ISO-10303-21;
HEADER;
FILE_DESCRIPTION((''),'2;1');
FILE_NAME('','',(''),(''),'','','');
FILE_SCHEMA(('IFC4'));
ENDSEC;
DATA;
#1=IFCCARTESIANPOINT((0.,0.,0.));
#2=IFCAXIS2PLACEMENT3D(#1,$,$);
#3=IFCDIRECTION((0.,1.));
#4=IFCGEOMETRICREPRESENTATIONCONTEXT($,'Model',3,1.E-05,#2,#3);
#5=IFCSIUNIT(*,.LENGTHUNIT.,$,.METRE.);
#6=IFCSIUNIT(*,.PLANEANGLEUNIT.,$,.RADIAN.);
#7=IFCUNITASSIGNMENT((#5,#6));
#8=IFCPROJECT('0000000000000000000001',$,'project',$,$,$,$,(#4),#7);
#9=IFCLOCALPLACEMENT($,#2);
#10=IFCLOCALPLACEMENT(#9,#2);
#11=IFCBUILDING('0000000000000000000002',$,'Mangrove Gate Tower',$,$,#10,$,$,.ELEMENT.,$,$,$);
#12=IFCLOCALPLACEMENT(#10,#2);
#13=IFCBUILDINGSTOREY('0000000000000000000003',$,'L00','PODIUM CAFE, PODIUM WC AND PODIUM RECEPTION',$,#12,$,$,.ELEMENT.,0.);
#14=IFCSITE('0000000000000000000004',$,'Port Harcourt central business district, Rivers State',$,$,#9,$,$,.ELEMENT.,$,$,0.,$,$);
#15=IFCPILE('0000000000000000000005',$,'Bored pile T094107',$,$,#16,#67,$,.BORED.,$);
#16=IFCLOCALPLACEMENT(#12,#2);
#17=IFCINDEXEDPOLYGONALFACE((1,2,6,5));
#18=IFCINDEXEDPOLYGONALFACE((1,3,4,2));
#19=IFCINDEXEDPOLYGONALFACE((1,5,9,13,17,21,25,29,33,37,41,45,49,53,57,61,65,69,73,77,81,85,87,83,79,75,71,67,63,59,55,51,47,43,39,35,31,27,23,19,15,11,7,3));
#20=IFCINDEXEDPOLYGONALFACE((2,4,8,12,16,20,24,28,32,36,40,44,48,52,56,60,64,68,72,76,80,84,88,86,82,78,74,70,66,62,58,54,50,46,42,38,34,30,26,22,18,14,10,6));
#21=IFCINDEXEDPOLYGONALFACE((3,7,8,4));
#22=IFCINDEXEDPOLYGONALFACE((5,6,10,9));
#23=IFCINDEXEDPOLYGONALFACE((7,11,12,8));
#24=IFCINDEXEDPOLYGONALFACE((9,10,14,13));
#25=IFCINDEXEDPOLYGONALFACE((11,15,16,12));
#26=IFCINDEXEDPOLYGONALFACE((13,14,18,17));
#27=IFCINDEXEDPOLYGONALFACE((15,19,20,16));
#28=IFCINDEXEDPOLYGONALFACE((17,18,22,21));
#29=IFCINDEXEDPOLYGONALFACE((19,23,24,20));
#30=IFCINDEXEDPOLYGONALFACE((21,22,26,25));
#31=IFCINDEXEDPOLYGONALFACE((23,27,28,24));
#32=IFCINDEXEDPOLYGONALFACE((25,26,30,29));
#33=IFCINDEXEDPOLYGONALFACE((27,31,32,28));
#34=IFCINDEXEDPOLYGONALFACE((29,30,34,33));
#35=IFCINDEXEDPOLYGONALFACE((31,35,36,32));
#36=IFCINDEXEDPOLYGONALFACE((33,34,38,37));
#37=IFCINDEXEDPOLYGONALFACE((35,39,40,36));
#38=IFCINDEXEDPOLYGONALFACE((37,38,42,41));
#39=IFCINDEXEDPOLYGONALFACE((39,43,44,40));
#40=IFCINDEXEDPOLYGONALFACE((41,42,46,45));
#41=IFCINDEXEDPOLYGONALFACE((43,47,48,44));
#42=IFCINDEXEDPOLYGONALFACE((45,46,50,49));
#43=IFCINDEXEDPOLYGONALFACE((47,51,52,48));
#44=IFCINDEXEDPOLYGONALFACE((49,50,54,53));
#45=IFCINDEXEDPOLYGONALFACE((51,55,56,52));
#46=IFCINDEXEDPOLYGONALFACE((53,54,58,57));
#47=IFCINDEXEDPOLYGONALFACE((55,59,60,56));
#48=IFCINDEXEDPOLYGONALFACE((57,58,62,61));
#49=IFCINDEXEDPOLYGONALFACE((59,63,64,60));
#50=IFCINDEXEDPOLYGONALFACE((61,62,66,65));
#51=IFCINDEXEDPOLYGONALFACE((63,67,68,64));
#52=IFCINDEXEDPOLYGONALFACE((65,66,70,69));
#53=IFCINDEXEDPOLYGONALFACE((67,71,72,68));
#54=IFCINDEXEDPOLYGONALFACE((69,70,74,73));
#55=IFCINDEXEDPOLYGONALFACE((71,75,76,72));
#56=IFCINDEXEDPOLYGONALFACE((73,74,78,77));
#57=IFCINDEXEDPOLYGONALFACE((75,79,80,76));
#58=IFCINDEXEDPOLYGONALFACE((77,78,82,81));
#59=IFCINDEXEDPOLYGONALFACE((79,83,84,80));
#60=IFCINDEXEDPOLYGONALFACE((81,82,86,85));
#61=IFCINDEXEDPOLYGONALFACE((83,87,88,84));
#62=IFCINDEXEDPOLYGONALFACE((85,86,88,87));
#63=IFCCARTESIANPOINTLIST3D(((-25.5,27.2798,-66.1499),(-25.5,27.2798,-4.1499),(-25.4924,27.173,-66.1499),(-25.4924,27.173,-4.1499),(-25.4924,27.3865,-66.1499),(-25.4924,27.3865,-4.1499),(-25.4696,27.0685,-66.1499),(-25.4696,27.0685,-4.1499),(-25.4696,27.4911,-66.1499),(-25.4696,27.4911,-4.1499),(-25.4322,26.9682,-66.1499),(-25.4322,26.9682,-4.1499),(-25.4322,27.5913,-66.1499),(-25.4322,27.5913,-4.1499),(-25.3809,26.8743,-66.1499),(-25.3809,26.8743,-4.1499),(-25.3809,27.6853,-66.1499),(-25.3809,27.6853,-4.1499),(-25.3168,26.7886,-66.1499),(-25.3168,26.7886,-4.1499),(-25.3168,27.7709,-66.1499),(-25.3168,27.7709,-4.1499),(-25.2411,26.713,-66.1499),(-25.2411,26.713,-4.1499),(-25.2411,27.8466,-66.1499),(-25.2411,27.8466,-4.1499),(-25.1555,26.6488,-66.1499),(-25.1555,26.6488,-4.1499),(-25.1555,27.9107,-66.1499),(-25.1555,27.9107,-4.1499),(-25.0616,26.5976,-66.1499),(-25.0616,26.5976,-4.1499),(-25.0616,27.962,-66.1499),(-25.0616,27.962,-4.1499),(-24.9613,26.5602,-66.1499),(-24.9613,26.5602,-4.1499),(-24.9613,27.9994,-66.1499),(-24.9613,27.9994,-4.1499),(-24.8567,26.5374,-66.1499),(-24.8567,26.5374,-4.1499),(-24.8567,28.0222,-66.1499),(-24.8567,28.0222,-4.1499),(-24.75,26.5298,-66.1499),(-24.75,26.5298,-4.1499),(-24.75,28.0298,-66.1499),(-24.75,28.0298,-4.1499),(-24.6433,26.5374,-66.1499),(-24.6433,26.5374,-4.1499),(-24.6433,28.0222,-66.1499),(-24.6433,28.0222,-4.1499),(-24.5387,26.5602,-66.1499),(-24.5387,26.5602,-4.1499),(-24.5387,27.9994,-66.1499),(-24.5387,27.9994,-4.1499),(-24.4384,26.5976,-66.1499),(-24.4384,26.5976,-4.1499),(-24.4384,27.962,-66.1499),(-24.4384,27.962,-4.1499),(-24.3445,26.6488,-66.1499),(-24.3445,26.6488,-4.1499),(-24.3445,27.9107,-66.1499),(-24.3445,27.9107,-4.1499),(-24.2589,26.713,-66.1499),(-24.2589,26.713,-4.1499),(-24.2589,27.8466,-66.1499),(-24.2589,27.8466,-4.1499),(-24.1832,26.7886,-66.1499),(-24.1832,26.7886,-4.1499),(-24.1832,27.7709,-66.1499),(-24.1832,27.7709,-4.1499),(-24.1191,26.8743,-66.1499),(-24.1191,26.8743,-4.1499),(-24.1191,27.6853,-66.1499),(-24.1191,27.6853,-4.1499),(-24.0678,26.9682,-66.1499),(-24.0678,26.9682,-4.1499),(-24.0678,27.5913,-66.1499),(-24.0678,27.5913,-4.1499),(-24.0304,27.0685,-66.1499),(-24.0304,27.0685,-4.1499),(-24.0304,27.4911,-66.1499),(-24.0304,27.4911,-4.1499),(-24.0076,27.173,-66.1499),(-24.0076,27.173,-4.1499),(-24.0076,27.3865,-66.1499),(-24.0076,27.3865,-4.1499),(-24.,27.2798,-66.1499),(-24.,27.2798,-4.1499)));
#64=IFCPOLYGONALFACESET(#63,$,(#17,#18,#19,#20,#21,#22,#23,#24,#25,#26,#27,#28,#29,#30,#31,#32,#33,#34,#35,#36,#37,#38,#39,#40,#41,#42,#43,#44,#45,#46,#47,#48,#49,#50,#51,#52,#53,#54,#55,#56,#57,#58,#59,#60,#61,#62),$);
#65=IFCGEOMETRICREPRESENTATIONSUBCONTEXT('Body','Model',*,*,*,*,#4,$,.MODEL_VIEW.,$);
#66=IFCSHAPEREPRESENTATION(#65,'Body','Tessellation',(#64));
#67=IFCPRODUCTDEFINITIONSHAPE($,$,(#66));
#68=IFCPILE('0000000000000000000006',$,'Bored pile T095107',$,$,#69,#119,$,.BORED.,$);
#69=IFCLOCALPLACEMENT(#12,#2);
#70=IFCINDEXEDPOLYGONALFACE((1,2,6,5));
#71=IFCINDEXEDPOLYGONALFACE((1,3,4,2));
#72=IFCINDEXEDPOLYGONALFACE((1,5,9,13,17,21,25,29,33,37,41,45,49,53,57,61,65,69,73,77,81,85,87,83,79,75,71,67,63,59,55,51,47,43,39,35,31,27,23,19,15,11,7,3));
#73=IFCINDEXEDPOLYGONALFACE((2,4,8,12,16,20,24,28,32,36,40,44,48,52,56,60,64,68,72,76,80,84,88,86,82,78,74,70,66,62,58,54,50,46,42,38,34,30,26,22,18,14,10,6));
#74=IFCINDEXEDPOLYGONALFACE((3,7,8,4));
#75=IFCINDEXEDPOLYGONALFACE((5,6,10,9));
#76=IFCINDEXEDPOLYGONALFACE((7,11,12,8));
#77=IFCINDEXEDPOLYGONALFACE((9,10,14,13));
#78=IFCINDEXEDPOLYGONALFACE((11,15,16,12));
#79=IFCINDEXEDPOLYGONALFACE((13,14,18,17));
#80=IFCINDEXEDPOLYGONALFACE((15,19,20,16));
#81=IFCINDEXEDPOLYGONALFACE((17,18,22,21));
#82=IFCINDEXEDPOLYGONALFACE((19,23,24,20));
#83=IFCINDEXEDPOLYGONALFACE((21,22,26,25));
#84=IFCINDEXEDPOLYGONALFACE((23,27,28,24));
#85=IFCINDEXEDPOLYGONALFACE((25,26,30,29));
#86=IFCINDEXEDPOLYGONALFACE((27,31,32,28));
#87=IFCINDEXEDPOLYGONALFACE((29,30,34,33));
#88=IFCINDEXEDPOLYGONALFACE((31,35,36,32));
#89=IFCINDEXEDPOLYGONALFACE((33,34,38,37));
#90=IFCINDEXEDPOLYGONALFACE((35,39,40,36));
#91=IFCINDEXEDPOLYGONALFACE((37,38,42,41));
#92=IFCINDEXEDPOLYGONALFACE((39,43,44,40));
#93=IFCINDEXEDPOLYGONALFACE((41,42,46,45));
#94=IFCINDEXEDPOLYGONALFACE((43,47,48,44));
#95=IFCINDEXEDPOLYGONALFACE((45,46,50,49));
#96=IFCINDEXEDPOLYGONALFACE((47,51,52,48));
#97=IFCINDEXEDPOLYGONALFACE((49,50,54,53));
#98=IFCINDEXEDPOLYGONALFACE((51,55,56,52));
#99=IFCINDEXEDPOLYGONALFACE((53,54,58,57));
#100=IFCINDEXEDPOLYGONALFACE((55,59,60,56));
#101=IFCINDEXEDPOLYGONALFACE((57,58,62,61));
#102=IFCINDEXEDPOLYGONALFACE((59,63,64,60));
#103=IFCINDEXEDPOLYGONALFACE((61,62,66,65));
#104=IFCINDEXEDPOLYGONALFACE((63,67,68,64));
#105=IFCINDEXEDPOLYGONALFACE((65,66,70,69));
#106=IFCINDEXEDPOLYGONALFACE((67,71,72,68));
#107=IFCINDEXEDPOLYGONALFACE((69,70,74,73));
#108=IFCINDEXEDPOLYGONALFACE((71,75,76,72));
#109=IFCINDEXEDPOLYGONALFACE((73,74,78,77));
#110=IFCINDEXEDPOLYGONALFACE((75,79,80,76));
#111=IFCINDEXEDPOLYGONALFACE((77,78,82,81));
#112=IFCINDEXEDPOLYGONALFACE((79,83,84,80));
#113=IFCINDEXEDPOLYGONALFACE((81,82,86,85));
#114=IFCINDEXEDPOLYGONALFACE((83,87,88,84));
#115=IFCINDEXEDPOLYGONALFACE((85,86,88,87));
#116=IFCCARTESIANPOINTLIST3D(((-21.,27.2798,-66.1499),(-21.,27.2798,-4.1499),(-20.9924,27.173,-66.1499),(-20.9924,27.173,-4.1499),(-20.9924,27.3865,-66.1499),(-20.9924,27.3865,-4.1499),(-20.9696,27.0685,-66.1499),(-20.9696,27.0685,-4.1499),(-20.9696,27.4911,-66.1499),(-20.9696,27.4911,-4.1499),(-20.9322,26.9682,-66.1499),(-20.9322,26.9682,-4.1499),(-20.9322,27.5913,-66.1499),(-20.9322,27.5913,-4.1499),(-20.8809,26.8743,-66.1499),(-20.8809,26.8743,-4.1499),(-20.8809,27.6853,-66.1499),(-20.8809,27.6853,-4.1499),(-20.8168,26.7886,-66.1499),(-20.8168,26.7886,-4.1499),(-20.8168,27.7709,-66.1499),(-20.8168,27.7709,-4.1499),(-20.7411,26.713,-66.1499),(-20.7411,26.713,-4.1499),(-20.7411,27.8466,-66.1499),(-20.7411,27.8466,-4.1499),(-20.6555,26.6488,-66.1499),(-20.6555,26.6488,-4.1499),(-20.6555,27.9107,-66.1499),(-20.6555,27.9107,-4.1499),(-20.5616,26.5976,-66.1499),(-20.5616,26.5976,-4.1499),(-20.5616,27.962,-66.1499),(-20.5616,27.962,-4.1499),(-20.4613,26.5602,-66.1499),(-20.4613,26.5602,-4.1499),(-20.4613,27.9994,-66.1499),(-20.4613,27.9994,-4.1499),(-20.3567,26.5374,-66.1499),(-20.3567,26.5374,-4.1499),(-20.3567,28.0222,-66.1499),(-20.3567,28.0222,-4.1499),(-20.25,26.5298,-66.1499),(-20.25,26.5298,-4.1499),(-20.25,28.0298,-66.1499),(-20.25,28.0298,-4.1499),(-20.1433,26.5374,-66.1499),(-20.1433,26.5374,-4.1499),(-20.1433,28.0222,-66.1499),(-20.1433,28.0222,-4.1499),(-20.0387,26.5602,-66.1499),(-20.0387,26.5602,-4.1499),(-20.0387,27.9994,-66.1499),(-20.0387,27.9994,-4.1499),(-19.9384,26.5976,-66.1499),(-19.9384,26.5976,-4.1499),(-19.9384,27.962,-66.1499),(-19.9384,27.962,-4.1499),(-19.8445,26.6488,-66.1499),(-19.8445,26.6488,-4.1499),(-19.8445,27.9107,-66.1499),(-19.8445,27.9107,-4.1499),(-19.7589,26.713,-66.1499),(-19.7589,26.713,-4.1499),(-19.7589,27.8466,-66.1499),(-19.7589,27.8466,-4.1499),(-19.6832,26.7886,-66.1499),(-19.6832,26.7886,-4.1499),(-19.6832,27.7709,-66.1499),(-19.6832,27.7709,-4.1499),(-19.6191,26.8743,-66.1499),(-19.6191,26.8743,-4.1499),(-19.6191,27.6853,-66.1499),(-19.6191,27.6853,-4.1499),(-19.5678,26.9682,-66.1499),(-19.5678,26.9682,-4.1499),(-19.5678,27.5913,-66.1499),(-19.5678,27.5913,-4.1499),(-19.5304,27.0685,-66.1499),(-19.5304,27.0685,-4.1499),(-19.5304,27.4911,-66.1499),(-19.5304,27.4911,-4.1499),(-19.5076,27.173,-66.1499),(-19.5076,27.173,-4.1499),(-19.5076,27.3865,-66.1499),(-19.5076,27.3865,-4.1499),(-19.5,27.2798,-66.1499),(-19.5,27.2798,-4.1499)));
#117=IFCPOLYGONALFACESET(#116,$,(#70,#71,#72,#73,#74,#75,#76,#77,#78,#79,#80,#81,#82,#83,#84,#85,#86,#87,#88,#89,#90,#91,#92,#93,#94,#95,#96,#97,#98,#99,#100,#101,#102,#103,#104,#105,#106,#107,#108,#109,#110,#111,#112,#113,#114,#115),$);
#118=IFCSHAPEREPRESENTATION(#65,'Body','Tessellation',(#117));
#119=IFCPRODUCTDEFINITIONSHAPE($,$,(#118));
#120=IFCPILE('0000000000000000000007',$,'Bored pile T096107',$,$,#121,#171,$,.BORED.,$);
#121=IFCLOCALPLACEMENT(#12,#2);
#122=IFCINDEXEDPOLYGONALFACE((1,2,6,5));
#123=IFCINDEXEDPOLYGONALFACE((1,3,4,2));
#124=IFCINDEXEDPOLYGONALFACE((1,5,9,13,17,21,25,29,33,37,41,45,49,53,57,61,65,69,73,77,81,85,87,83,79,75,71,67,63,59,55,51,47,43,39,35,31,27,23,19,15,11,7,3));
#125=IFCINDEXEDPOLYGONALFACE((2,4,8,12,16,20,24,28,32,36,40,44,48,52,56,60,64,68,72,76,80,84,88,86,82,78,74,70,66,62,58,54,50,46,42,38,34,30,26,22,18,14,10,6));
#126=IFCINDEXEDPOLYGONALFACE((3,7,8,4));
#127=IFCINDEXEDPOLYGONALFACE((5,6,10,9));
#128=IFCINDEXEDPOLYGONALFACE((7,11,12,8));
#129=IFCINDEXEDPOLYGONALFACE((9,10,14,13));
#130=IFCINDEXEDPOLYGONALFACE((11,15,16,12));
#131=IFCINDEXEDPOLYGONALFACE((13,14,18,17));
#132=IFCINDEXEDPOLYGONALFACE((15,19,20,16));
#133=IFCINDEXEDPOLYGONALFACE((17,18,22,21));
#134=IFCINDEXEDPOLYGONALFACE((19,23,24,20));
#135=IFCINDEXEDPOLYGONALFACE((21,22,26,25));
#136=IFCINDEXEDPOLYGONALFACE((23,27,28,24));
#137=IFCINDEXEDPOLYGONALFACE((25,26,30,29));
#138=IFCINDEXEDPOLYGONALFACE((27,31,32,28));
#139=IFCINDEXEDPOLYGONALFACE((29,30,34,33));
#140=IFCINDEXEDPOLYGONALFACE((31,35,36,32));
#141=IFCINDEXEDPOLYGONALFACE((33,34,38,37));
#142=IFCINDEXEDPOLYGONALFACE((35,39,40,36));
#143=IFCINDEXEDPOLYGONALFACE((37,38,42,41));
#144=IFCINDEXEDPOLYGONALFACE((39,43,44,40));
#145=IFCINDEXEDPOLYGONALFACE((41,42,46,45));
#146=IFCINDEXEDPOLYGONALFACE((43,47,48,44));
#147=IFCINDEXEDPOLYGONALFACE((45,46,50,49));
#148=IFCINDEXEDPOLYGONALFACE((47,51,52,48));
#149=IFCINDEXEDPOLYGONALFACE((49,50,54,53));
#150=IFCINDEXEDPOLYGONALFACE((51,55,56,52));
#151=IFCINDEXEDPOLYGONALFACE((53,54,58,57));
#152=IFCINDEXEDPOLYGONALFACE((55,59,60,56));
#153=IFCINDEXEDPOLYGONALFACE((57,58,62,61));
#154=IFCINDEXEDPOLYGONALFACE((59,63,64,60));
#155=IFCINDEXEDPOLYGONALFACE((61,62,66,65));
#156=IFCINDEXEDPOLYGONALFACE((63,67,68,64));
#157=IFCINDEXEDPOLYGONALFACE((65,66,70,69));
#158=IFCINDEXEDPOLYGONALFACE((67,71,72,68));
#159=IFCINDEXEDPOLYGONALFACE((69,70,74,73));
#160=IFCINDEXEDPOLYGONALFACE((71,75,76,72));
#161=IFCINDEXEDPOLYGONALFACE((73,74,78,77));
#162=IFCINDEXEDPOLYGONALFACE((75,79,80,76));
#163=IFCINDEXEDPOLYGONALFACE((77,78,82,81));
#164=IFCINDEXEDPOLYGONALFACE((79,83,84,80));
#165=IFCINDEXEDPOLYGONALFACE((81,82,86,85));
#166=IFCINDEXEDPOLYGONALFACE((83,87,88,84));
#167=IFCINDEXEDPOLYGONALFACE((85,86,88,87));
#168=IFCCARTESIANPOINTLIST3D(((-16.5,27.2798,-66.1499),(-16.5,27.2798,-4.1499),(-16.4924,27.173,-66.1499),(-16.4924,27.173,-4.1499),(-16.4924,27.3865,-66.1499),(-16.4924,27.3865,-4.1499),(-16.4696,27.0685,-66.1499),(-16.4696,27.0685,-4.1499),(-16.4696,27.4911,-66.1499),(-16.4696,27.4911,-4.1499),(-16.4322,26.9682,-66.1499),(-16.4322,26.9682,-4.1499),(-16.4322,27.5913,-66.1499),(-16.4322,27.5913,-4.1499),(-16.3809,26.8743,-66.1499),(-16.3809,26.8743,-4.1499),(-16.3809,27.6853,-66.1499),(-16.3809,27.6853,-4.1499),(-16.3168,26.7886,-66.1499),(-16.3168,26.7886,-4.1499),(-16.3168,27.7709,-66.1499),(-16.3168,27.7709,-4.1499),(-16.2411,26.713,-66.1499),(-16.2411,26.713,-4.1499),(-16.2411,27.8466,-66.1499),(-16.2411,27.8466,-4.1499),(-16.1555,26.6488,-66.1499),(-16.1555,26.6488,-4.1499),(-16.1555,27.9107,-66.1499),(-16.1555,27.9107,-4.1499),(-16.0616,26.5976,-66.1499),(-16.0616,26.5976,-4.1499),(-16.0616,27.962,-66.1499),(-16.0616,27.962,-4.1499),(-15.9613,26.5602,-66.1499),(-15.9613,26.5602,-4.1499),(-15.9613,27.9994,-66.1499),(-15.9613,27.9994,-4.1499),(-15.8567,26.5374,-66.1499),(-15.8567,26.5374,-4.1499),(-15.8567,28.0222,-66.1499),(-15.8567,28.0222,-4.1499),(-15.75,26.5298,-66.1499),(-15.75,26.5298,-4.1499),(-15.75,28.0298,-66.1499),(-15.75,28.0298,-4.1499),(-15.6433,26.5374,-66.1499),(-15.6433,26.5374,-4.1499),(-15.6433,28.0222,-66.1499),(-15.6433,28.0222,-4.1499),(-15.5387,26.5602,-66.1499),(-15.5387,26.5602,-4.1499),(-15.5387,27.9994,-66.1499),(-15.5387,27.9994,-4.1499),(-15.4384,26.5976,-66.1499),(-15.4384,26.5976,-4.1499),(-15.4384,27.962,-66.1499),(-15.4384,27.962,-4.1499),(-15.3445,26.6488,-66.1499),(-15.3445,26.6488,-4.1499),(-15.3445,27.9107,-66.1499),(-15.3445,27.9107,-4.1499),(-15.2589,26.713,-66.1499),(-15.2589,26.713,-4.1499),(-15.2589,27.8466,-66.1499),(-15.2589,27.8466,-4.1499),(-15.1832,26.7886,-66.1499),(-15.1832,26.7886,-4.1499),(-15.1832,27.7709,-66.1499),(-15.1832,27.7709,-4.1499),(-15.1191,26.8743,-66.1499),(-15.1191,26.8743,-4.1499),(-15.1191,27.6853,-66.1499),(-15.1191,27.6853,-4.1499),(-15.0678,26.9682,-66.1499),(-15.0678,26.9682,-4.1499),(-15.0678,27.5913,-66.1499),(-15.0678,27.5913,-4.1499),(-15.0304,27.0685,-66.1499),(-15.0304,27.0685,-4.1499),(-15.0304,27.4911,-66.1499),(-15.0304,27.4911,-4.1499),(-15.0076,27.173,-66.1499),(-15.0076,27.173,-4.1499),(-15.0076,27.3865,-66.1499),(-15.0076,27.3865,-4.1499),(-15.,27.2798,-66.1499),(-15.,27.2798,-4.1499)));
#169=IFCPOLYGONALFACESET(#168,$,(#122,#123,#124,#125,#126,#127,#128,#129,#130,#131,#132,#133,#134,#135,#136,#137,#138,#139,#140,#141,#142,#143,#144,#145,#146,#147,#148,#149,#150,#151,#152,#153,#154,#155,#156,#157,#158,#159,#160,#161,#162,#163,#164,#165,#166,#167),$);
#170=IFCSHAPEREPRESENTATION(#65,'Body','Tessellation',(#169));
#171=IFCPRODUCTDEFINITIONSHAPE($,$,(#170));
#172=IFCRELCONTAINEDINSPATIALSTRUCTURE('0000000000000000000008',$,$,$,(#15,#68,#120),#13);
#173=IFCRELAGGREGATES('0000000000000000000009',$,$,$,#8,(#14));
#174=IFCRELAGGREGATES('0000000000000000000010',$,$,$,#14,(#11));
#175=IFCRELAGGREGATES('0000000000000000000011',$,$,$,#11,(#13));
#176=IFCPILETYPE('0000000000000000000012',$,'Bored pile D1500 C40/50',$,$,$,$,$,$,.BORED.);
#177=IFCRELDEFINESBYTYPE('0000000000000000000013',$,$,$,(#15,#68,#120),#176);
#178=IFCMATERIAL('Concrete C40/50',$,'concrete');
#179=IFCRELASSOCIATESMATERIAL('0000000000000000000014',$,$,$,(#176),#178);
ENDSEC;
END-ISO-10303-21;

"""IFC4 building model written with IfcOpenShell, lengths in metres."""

from ifc_helpers import new_model, si_unit, direction, frame, origin, origin_2d, place, context, subcontext, project, spatial, circle, extrude, material, material_profile, profile_set, type_object, element, save


model = new_model("IFC4")

# Units and contexts
model_context = context("Model", 3, precision=1e-05, world=origin(), true_north=direction((0.0, 1.0)))
body_context = subcontext(model_context, "Body", "Model", "MODEL_VIEW")
ifc_project = project(units=[si_unit("LENGTHUNIT", "METRE"), si_unit("PLANEANGLEUNIT", "RADIAN")], contexts=[model_context])

# Site, building, storey
site_placement = place(None, origin())
site = spatial("IfcSite", under=ifc_project, at=site_placement, Name="Port Harcourt central business district, Rivers State", CompositionType="ELEMENT", RefElevation=0.0)
building_placement = place(site_placement, origin())
building = spatial("IfcBuilding", under=site, at=building_placement, Name="Mangrove Gate Tower", CompositionType="ELEMENT")
storey_placement = place(building_placement, origin())
storey = spatial("IfcBuildingStorey", under=building, at=storey_placement, Name="L00", Description="PODIUM CAFE, PODIUM WC AND PODIUM RECEPTION", CompositionType="ELEMENT", Elevation=0.0)

# Piles
ifc_material_1 = material(Name="Concrete C40/50", Category="concrete")
ifc_material_profile_1 = material_profile(ifc_material_1, circle(Radius=0.75, at=origin_2d()))
ifc_profile_set_1 = profile_set([ifc_material_profile_1], Name="Concrete C40/50")
pile_type = type_object("IfcPileType", Name="Bored pile D1500 C40/50", PredefinedType="BORED", material=ifc_profile_set_1)
for number, where, z_axis, x_axis, name in (
    (1, (-24.75, 27.2798, -4.1499), (0.0, 0.0, -1.0), (1.0, 0.0, 0.0), "Bored pile T094107"),
    (2, (-20.25, 27.2798, -4.1499), (0.0, 0.0, -1.0), (1.0, 0.0, 0.0), "Bored pile T095107"),
    (3, (-15.75, 27.2798, -4.1499), (0.0, 0.0, -1.0), (1.0, 0.0, 0.0), "Bored pile T096107"),
):
    element("IfcPile", number, at=place(storey_placement, frame(where, z_axis=z_axis, x_axis=x_axis)), inside=storey, type_object=pile_type, Name=name, PredefinedType="BORED", context=body_context, shape_type="SweptSolid", body=[
        extrude(circle(Radius=0.75, at=origin_2d()), origin(), (0.0, 0.0, 1.0), 62.0),
    ])

save(model, "model.ifc")
